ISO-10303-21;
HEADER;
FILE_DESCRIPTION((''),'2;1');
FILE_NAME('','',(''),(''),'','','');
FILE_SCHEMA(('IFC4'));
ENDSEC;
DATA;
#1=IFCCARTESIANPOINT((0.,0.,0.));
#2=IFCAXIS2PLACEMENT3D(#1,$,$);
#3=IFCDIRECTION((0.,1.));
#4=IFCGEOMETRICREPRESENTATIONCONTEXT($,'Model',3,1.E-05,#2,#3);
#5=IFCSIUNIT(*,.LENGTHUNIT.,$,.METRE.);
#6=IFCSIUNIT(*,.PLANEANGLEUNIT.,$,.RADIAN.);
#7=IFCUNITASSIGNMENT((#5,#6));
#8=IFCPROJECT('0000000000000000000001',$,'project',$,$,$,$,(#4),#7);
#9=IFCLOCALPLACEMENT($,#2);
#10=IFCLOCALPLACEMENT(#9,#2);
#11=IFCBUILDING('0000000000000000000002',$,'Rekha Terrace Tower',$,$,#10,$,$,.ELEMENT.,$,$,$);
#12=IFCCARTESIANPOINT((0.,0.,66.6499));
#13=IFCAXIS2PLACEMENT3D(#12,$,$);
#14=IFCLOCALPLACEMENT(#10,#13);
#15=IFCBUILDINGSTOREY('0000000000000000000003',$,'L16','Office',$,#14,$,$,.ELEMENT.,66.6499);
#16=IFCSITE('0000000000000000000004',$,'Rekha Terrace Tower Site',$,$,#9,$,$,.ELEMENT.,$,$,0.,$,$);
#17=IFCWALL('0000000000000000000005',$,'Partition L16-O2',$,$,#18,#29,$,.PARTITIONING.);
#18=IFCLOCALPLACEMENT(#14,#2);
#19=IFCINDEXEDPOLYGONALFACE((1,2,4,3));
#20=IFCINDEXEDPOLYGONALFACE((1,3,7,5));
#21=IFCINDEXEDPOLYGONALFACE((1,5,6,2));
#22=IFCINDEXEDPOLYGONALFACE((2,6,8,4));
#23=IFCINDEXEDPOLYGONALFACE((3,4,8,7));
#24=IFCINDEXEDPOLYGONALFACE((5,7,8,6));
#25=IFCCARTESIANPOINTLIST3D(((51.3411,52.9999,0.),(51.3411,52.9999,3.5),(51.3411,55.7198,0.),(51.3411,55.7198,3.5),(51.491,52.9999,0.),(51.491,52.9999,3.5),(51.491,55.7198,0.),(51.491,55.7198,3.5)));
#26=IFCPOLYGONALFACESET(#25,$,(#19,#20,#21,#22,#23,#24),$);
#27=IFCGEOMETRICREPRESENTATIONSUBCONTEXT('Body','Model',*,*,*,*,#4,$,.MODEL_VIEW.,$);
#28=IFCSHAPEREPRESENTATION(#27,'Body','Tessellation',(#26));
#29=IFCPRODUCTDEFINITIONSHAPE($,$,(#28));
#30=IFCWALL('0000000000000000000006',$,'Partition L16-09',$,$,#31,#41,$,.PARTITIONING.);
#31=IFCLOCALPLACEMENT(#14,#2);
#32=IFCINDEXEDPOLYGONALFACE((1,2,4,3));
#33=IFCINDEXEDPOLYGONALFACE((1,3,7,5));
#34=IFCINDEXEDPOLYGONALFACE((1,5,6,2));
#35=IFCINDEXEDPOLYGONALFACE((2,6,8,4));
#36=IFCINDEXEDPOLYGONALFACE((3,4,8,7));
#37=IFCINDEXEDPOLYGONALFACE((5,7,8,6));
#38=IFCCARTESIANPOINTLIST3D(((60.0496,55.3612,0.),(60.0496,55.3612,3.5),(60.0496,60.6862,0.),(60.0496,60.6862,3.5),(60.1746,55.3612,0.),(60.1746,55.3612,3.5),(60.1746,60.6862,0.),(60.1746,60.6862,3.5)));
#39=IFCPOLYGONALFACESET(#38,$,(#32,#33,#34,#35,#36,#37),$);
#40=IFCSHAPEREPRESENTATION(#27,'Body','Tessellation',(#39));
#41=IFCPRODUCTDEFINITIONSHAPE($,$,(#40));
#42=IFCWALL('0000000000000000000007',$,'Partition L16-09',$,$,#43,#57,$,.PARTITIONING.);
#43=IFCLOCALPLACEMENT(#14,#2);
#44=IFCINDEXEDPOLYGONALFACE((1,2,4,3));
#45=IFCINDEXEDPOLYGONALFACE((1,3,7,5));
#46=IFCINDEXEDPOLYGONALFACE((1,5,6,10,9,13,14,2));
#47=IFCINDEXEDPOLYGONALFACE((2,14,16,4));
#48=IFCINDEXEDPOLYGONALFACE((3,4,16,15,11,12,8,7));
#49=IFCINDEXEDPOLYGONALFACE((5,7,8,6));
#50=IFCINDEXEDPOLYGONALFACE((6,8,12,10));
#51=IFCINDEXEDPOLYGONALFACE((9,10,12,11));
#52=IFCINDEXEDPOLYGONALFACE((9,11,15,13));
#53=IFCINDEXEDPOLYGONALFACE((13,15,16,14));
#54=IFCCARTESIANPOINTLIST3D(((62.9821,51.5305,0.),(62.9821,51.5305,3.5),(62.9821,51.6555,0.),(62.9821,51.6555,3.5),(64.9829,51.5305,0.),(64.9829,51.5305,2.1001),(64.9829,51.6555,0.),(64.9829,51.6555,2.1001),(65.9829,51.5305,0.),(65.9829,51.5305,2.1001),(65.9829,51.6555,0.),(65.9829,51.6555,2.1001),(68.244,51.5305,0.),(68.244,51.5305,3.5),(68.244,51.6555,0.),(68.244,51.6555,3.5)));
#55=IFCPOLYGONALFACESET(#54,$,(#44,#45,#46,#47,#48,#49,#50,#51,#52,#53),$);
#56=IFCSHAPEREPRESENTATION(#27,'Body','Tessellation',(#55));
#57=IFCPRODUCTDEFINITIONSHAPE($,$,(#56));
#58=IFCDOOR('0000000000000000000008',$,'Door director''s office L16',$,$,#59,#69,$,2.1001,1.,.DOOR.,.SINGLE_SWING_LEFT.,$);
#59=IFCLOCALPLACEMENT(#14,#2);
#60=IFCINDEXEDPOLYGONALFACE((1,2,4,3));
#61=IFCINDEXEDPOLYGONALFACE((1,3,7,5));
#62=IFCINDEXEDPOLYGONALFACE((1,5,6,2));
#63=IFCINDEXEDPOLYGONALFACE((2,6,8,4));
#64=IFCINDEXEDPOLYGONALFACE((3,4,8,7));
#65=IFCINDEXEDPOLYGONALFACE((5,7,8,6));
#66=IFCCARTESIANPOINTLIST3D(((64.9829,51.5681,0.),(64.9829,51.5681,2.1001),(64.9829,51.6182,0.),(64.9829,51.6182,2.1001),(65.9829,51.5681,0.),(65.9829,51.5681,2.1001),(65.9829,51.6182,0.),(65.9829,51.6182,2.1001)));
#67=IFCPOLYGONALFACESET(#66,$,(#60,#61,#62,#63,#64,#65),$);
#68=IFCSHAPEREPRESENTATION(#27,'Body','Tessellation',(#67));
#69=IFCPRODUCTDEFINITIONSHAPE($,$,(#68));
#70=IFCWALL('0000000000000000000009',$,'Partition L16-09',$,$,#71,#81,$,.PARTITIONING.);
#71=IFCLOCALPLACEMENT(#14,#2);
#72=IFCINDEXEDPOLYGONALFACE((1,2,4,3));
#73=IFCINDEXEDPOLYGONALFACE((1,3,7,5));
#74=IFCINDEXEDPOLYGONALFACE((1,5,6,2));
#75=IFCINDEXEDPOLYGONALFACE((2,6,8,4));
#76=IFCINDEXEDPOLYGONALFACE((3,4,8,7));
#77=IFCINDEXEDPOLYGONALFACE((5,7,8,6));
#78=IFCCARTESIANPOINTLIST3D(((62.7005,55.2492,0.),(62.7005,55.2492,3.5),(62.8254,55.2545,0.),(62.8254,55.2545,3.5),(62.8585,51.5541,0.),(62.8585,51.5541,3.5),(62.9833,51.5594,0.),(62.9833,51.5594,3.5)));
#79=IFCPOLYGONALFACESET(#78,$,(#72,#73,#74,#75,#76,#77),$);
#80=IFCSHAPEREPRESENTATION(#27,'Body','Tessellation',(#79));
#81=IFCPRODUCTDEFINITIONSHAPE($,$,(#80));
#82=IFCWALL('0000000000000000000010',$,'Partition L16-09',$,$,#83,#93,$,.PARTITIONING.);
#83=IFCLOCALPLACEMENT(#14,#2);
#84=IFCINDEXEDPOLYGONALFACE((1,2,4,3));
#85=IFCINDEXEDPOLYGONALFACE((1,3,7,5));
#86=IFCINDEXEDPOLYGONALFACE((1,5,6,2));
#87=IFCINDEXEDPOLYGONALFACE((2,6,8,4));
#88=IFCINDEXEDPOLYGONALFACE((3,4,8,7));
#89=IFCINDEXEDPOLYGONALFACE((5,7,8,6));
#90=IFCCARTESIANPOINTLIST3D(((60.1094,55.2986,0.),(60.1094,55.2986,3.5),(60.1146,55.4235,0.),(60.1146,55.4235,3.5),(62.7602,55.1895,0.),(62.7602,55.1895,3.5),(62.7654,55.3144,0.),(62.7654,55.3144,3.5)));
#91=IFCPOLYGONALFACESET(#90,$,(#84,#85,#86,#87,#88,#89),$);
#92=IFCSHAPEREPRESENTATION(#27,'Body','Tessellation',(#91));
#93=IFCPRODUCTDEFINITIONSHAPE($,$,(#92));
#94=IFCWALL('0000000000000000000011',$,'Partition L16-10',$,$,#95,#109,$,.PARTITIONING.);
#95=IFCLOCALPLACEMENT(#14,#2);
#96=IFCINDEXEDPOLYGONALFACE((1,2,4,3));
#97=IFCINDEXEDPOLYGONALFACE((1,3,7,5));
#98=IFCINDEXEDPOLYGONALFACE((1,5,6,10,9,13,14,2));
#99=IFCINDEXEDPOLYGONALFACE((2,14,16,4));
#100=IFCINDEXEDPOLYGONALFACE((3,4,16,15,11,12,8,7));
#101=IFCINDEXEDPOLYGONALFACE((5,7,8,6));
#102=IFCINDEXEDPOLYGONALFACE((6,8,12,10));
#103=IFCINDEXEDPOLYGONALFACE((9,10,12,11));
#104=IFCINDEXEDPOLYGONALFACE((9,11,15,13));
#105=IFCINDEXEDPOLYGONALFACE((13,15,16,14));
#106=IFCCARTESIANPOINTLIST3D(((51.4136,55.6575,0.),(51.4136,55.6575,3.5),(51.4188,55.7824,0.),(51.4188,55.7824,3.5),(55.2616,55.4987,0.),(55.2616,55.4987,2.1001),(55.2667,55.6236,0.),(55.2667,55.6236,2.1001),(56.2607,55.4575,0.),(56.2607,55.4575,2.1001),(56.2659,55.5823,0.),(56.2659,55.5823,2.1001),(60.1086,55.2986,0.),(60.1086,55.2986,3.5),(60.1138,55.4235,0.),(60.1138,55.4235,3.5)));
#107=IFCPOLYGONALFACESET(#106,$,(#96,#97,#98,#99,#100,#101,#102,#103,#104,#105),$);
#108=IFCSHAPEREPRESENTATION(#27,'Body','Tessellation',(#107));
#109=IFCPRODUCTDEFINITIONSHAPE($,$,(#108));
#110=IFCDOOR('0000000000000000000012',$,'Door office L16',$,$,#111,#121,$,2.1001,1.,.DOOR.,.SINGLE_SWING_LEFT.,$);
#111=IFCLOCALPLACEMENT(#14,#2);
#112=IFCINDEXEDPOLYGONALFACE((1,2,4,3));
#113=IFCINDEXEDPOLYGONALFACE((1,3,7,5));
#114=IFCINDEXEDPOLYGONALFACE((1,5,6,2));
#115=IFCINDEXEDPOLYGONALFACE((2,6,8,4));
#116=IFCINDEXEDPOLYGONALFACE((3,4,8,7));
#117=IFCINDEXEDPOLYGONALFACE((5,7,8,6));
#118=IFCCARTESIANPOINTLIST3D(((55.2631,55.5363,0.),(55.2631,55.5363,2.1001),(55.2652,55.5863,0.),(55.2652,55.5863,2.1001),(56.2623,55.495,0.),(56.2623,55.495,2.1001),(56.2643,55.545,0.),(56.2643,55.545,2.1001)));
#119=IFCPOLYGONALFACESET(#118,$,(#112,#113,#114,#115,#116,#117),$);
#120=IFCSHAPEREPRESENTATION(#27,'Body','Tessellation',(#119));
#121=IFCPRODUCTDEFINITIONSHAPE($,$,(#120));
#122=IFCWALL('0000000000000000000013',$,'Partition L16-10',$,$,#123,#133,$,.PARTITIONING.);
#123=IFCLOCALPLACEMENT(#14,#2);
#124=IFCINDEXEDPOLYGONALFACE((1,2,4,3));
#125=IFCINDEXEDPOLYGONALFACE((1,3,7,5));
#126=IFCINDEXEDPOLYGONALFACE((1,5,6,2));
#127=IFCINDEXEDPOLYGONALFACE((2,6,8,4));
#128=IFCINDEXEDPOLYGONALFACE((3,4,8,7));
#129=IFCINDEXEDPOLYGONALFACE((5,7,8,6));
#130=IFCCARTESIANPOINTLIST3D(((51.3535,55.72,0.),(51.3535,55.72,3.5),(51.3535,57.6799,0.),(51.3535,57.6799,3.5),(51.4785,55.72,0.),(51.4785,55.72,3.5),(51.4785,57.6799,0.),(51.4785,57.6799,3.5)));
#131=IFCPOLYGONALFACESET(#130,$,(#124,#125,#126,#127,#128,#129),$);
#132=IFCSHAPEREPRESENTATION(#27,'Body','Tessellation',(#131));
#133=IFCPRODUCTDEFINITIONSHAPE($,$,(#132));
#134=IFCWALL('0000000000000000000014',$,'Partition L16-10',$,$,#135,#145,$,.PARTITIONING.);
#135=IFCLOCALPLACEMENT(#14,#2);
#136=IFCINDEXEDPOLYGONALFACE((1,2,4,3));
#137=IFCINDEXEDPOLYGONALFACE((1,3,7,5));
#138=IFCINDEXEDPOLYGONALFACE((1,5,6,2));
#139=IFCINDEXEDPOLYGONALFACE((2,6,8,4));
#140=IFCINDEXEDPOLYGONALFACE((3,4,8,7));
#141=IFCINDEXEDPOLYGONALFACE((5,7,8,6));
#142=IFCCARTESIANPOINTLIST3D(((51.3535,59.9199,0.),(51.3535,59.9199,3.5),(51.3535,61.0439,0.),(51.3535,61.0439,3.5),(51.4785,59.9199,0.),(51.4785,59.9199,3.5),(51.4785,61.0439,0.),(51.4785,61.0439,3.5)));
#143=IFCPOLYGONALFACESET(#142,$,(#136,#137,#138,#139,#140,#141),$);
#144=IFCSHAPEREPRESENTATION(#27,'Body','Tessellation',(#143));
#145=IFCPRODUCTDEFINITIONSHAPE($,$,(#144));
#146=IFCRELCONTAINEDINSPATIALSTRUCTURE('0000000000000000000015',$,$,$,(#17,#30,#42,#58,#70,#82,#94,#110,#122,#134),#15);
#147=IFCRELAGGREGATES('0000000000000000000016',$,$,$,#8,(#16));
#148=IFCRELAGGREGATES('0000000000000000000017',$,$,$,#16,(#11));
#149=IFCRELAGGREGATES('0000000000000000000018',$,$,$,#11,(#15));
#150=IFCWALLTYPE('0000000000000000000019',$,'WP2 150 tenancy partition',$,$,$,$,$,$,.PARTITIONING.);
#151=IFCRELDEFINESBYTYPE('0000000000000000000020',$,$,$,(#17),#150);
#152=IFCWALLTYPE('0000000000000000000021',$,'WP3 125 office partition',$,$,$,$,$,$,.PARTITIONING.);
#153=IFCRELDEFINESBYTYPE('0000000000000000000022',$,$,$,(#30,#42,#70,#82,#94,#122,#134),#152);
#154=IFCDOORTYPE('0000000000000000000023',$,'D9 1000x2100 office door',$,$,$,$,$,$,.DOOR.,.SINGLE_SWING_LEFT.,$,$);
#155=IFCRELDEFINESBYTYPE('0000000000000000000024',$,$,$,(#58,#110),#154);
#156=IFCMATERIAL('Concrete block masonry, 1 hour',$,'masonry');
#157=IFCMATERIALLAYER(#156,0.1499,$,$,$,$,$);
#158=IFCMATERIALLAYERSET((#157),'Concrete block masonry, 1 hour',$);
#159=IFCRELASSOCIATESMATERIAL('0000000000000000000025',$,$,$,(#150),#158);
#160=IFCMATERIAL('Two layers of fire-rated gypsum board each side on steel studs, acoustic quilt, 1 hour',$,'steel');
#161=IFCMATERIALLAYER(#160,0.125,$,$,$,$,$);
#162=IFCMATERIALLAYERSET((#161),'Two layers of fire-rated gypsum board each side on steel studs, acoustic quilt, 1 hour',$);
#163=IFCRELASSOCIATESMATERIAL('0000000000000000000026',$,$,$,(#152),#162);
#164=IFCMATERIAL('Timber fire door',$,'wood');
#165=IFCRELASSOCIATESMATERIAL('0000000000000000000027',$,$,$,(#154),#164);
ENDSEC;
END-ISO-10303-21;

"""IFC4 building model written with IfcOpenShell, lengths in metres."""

from ifc_helpers import new_model, si_unit, direction, frame, frame_2d, origin, place, context, subcontext, project, spatial, rectangle, extrude, material, layer, layer_set, type_object, element, fill, save


model = new_model("IFC4")

# Units and contexts
model_context = context("Model", 3, precision=1e-05, world=origin(), true_north=direction((0.0, 1.0)))
body_context = subcontext(model_context, "Body", "Model", "MODEL_VIEW")
ifc_project = project(units=[si_unit("LENGTHUNIT", "METRE"), si_unit("PLANEANGLEUNIT", "RADIAN")], contexts=[model_context])

# Site, building, storey
site_placement = place(None, origin())
site = spatial("IfcSite", under=ifc_project, at=site_placement, Name="Rekha Terrace Tower Site", CompositionType="ELEMENT", RefElevation=0.0)
building_placement = place(site_placement, origin())
building = spatial("IfcBuilding", under=site, at=building_placement, Name="Rekha Terrace Tower", CompositionType="ELEMENT")
storey_placement = place(building_placement, frame((0.0, 0.0, 66.6499)))
storey = spatial("IfcBuildingStorey", under=building, at=storey_placement, Name="L16", Description="Office", CompositionType="ELEMENT", Elevation=66.6499)

# Walls
ifc_material_1 = material(Name="Concrete block masonry, 1 hour", Category="masonry")
ifc_layer_1 = layer(ifc_material_1, 0.1499)
ifc_layer_set_1 = layer_set([ifc_layer_1], Name="Concrete block masonry, 1 hour")
wall_type_1 = type_object("IfcWallType", Name="WP2 150 tenancy partition", PredefinedType="PARTITIONING", material=ifc_layer_set_1)
wall_1_placement = place(storey_placement, frame((51.416, 53.0, 0.0), z_axis=(0.0, 0.0, 1.0), x_axis=(0.0, 1.0, 0.0)))
element("IfcWall", 1, at=wall_1_placement, inside=storey, type_object=wall_type_1, Name="Partition L16-O2", PredefinedType="PARTITIONING", context=body_context, shape_type="SweptSolid", body=[
    extrude(rectangle(XDim=2.72, YDim=0.1499, at=frame_2d((1.3599, 0.0))), origin(), (0.0, 0.0, 1.0), 3.5),
])
ifc_material_2 = material(Name="Two layers of fire-rated gypsum board each side on steel studs, acoustic quilt, 1 hour", Category="steel")
ifc_layer_2 = layer(ifc_material_2, 0.125)
ifc_layer_set_2 = layer_set([ifc_layer_2], Name="Two layers of fire-rated gypsum board each side on steel studs, acoustic quilt, 1 hour")
wall_type_2 = type_object("IfcWallType", Name="WP3 125 office partition", PredefinedType="PARTITIONING", material=ifc_layer_set_2)
wall_2_placement = place(storey_placement, frame((60.1121, 55.3611, 0.0), z_axis=(0.0, 0.0, 1.0), x_axis=(0.0, 1.0, 0.0)))
element("IfcWall", 2, at=wall_2_placement, inside=storey, type_object=wall_type_2, Name="Partition L16-09", PredefinedType="PARTITIONING", context=body_context, shape_type="SweptSolid", body=[
    extrude(rectangle(XDim=5.325, YDim=0.125, at=frame_2d((2.6626, 0.0))), origin(), (0.0, 0.0, 1.0), 3.5),
])

# Wall, opening, door
wall_3_placement = place(storey_placement, frame((68.2439, 51.593, 0.0), z_axis=(0.0, 0.0, 1.0), x_axis=(-1.0, 0.0, 0.0)))
wall_3 = element("IfcWall", 3, at=wall_3_placement, inside=storey, type_object=wall_type_2, Name="Partition L16-09", PredefinedType="PARTITIONING", context=body_context, shape_type="SweptSolid", body=[
    extrude(rectangle(XDim=5.262, YDim=0.125, at=frame_2d((2.6309, 0.0))), origin(), (0.0, 0.0, 1.0), 3.5),
])
opening_1_placement = place(wall_3_placement, frame((2.261, 0.0, 0.0)))
opening_1 = element("IfcOpeningElement", 4, at=opening_1_placement, cuts=wall_3, PredefinedType="OPENING", context=body_context, shape_type="SweptSolid", body=[
    extrude(rectangle(XDim=1.0, YDim=2.1001, at=frame_2d((0.5, 1.05))), frame((0.0, 0.0725, 0.0), z_axis=(0.0, -1.0, 0.0), x_axis=(1.0, 0.0, 0.0)), (0.0, 0.0, 1.0), 0.145),
])
ifc_material_3 = material(Name="Timber fire door", Category="wood")
door_type = type_object("IfcDoorType", Name="D9 1000x2100 office door", OperationType="SINGLE_SWING_LEFT", PredefinedType="DOOR", material=ifc_material_3)
door_1_placement = place(opening_1_placement, origin())
door_1 = element("IfcDoor", 5, at=door_1_placement, inside=storey, type_object=door_type, Name="Door director's office L16", OperationType="SINGLE_SWING_LEFT", OverallHeight=2.1001, OverallWidth=1.0, PredefinedType="DOOR", context=body_context, shape_type="SweptSolid", body=[
    extrude(rectangle(XDim=1.0, YDim=2.1001, at=frame_2d((0.5, 1.05))), frame((0.0, 0.0249, 0.0), z_axis=(0.0, -1.0, 0.0), x_axis=(1.0, 0.0, 0.0)), (0.0, 0.0, 1.0), 0.05),
])
fill(opening_1, door_1)

# Walls
wall_4_placement = place(storey_placement, frame((62.9209, 51.5569, 0.0), z_axis=(0.0, 0.0, 1.0), x_axis=(-0.04271, 0.999088, 0.0)))
element("IfcWall", 6, at=wall_4_placement, inside=storey, type_object=wall_type_2, Name="Partition L16-09", PredefinedType="PARTITIONING", context=body_context, shape_type="SweptSolid", body=[
    extrude(rectangle(XDim=3.6985, YDim=0.125, at=frame_2d((1.8491, 0.0))), origin(), (0.0, 0.0, 1.0), 3.5),
])
wall_5_placement = place(storey_placement, frame((62.7629, 55.252, 0.0), z_axis=(0.0, 0.0, 1.0), x_axis=(-0.999154, 0.041133, 0.0)))
element("IfcWall", 7, at=wall_5_placement, inside=storey, type_object=wall_type_2, Name="Partition L16-09", PredefinedType="PARTITIONING", context=body_context, shape_type="SweptSolid", body=[
    extrude(rectangle(XDim=2.6531, YDim=0.125, at=frame_2d((1.3267, 0.0))), origin(), (0.0, 0.0, 1.0), 3.5),
])

# Wall, opening, door
wall_6_placement = place(storey_placement, frame((60.1111, 55.3611, 0.0), z_axis=(0.0, 0.0, 1.0), x_axis=(-0.999149, 0.04124, 0.0)))
wall_6 = element("IfcWall", 8, at=wall_6_placement, inside=storey, type_object=wall_type_2, Name="Partition L16-10", PredefinedType="PARTITIONING", context=body_context, shape_type="SweptSolid", body=[
    extrude(rectangle(XDim=8.7024, YDim=0.125, at=frame_2d((4.3511, 0.0))), origin(), (0.0, 0.0, 1.0), 3.5),
])
opening_2_placement = place(wall_6_placement, frame((3.8511, 0.0, 0.0)))
opening_2 = element("IfcOpeningElement", 9, at=opening_2_placement, cuts=wall_6, PredefinedType="OPENING", context=body_context, shape_type="SweptSolid", body=[
    extrude(rectangle(XDim=1.0, YDim=2.1001, at=frame_2d((0.5, 1.05))), frame((0.0, 0.0725, 0.0), z_axis=(0.0, -1.0, 0.0), x_axis=(1.0, 0.0, 0.0)), (0.0, 0.0, 1.0), 0.145),
])
door_2_placement = place(opening_2_placement, origin())
door_2 = element("IfcDoor", 10, at=door_2_placement, inside=storey, type_object=door_type, Name="Door office L16", OperationType="SINGLE_SWING_LEFT", OverallHeight=2.1001, OverallWidth=1.0, PredefinedType="DOOR", context=body_context, shape_type="SweptSolid", body=[
    extrude(rectangle(XDim=1.0, YDim=2.1001, at=frame_2d((0.5, 1.05))), frame((0.0, 0.0249, 0.0), z_axis=(0.0, -1.0, 0.0), x_axis=(1.0, 0.0, 0.0)), (0.0, 0.0, 1.0), 0.05),
])
fill(opening_2, door_2)

# Walls
wall_7_placement = place(storey_placement, frame((51.416, 55.72, 0.0), z_axis=(0.0, 0.0, 1.0), x_axis=(0.0, 1.0, 0.0)))
element("IfcWall", 11, at=wall_7_placement, inside=storey, type_object=wall_type_2, Name="Partition L16-10", PredefinedType="PARTITIONING", context=body_context, shape_type="SweptSolid", body=[
    extrude(rectangle(XDim=1.96, YDim=0.125, at=frame_2d((0.98, 0.0))), origin(), (0.0, 0.0, 1.0), 3.5),
])
wall_8_placement = place(storey_placement, frame((51.416, 59.9199, 0.0), z_axis=(0.0, 0.0, 1.0), x_axis=(0.0, 1.0, 0.0)))
element("IfcWall", 12, at=wall_8_placement, inside=storey, type_object=wall_type_2, Name="Partition L16-10", PredefinedType="PARTITIONING", context=body_context, shape_type="SweptSolid", body=[
    extrude(rectangle(XDim=1.124, YDim=0.125, at=frame_2d((0.562, 0.0))), origin(), (0.0, 0.0, 1.0), 3.5),
])

save(model, "model.ifc")
